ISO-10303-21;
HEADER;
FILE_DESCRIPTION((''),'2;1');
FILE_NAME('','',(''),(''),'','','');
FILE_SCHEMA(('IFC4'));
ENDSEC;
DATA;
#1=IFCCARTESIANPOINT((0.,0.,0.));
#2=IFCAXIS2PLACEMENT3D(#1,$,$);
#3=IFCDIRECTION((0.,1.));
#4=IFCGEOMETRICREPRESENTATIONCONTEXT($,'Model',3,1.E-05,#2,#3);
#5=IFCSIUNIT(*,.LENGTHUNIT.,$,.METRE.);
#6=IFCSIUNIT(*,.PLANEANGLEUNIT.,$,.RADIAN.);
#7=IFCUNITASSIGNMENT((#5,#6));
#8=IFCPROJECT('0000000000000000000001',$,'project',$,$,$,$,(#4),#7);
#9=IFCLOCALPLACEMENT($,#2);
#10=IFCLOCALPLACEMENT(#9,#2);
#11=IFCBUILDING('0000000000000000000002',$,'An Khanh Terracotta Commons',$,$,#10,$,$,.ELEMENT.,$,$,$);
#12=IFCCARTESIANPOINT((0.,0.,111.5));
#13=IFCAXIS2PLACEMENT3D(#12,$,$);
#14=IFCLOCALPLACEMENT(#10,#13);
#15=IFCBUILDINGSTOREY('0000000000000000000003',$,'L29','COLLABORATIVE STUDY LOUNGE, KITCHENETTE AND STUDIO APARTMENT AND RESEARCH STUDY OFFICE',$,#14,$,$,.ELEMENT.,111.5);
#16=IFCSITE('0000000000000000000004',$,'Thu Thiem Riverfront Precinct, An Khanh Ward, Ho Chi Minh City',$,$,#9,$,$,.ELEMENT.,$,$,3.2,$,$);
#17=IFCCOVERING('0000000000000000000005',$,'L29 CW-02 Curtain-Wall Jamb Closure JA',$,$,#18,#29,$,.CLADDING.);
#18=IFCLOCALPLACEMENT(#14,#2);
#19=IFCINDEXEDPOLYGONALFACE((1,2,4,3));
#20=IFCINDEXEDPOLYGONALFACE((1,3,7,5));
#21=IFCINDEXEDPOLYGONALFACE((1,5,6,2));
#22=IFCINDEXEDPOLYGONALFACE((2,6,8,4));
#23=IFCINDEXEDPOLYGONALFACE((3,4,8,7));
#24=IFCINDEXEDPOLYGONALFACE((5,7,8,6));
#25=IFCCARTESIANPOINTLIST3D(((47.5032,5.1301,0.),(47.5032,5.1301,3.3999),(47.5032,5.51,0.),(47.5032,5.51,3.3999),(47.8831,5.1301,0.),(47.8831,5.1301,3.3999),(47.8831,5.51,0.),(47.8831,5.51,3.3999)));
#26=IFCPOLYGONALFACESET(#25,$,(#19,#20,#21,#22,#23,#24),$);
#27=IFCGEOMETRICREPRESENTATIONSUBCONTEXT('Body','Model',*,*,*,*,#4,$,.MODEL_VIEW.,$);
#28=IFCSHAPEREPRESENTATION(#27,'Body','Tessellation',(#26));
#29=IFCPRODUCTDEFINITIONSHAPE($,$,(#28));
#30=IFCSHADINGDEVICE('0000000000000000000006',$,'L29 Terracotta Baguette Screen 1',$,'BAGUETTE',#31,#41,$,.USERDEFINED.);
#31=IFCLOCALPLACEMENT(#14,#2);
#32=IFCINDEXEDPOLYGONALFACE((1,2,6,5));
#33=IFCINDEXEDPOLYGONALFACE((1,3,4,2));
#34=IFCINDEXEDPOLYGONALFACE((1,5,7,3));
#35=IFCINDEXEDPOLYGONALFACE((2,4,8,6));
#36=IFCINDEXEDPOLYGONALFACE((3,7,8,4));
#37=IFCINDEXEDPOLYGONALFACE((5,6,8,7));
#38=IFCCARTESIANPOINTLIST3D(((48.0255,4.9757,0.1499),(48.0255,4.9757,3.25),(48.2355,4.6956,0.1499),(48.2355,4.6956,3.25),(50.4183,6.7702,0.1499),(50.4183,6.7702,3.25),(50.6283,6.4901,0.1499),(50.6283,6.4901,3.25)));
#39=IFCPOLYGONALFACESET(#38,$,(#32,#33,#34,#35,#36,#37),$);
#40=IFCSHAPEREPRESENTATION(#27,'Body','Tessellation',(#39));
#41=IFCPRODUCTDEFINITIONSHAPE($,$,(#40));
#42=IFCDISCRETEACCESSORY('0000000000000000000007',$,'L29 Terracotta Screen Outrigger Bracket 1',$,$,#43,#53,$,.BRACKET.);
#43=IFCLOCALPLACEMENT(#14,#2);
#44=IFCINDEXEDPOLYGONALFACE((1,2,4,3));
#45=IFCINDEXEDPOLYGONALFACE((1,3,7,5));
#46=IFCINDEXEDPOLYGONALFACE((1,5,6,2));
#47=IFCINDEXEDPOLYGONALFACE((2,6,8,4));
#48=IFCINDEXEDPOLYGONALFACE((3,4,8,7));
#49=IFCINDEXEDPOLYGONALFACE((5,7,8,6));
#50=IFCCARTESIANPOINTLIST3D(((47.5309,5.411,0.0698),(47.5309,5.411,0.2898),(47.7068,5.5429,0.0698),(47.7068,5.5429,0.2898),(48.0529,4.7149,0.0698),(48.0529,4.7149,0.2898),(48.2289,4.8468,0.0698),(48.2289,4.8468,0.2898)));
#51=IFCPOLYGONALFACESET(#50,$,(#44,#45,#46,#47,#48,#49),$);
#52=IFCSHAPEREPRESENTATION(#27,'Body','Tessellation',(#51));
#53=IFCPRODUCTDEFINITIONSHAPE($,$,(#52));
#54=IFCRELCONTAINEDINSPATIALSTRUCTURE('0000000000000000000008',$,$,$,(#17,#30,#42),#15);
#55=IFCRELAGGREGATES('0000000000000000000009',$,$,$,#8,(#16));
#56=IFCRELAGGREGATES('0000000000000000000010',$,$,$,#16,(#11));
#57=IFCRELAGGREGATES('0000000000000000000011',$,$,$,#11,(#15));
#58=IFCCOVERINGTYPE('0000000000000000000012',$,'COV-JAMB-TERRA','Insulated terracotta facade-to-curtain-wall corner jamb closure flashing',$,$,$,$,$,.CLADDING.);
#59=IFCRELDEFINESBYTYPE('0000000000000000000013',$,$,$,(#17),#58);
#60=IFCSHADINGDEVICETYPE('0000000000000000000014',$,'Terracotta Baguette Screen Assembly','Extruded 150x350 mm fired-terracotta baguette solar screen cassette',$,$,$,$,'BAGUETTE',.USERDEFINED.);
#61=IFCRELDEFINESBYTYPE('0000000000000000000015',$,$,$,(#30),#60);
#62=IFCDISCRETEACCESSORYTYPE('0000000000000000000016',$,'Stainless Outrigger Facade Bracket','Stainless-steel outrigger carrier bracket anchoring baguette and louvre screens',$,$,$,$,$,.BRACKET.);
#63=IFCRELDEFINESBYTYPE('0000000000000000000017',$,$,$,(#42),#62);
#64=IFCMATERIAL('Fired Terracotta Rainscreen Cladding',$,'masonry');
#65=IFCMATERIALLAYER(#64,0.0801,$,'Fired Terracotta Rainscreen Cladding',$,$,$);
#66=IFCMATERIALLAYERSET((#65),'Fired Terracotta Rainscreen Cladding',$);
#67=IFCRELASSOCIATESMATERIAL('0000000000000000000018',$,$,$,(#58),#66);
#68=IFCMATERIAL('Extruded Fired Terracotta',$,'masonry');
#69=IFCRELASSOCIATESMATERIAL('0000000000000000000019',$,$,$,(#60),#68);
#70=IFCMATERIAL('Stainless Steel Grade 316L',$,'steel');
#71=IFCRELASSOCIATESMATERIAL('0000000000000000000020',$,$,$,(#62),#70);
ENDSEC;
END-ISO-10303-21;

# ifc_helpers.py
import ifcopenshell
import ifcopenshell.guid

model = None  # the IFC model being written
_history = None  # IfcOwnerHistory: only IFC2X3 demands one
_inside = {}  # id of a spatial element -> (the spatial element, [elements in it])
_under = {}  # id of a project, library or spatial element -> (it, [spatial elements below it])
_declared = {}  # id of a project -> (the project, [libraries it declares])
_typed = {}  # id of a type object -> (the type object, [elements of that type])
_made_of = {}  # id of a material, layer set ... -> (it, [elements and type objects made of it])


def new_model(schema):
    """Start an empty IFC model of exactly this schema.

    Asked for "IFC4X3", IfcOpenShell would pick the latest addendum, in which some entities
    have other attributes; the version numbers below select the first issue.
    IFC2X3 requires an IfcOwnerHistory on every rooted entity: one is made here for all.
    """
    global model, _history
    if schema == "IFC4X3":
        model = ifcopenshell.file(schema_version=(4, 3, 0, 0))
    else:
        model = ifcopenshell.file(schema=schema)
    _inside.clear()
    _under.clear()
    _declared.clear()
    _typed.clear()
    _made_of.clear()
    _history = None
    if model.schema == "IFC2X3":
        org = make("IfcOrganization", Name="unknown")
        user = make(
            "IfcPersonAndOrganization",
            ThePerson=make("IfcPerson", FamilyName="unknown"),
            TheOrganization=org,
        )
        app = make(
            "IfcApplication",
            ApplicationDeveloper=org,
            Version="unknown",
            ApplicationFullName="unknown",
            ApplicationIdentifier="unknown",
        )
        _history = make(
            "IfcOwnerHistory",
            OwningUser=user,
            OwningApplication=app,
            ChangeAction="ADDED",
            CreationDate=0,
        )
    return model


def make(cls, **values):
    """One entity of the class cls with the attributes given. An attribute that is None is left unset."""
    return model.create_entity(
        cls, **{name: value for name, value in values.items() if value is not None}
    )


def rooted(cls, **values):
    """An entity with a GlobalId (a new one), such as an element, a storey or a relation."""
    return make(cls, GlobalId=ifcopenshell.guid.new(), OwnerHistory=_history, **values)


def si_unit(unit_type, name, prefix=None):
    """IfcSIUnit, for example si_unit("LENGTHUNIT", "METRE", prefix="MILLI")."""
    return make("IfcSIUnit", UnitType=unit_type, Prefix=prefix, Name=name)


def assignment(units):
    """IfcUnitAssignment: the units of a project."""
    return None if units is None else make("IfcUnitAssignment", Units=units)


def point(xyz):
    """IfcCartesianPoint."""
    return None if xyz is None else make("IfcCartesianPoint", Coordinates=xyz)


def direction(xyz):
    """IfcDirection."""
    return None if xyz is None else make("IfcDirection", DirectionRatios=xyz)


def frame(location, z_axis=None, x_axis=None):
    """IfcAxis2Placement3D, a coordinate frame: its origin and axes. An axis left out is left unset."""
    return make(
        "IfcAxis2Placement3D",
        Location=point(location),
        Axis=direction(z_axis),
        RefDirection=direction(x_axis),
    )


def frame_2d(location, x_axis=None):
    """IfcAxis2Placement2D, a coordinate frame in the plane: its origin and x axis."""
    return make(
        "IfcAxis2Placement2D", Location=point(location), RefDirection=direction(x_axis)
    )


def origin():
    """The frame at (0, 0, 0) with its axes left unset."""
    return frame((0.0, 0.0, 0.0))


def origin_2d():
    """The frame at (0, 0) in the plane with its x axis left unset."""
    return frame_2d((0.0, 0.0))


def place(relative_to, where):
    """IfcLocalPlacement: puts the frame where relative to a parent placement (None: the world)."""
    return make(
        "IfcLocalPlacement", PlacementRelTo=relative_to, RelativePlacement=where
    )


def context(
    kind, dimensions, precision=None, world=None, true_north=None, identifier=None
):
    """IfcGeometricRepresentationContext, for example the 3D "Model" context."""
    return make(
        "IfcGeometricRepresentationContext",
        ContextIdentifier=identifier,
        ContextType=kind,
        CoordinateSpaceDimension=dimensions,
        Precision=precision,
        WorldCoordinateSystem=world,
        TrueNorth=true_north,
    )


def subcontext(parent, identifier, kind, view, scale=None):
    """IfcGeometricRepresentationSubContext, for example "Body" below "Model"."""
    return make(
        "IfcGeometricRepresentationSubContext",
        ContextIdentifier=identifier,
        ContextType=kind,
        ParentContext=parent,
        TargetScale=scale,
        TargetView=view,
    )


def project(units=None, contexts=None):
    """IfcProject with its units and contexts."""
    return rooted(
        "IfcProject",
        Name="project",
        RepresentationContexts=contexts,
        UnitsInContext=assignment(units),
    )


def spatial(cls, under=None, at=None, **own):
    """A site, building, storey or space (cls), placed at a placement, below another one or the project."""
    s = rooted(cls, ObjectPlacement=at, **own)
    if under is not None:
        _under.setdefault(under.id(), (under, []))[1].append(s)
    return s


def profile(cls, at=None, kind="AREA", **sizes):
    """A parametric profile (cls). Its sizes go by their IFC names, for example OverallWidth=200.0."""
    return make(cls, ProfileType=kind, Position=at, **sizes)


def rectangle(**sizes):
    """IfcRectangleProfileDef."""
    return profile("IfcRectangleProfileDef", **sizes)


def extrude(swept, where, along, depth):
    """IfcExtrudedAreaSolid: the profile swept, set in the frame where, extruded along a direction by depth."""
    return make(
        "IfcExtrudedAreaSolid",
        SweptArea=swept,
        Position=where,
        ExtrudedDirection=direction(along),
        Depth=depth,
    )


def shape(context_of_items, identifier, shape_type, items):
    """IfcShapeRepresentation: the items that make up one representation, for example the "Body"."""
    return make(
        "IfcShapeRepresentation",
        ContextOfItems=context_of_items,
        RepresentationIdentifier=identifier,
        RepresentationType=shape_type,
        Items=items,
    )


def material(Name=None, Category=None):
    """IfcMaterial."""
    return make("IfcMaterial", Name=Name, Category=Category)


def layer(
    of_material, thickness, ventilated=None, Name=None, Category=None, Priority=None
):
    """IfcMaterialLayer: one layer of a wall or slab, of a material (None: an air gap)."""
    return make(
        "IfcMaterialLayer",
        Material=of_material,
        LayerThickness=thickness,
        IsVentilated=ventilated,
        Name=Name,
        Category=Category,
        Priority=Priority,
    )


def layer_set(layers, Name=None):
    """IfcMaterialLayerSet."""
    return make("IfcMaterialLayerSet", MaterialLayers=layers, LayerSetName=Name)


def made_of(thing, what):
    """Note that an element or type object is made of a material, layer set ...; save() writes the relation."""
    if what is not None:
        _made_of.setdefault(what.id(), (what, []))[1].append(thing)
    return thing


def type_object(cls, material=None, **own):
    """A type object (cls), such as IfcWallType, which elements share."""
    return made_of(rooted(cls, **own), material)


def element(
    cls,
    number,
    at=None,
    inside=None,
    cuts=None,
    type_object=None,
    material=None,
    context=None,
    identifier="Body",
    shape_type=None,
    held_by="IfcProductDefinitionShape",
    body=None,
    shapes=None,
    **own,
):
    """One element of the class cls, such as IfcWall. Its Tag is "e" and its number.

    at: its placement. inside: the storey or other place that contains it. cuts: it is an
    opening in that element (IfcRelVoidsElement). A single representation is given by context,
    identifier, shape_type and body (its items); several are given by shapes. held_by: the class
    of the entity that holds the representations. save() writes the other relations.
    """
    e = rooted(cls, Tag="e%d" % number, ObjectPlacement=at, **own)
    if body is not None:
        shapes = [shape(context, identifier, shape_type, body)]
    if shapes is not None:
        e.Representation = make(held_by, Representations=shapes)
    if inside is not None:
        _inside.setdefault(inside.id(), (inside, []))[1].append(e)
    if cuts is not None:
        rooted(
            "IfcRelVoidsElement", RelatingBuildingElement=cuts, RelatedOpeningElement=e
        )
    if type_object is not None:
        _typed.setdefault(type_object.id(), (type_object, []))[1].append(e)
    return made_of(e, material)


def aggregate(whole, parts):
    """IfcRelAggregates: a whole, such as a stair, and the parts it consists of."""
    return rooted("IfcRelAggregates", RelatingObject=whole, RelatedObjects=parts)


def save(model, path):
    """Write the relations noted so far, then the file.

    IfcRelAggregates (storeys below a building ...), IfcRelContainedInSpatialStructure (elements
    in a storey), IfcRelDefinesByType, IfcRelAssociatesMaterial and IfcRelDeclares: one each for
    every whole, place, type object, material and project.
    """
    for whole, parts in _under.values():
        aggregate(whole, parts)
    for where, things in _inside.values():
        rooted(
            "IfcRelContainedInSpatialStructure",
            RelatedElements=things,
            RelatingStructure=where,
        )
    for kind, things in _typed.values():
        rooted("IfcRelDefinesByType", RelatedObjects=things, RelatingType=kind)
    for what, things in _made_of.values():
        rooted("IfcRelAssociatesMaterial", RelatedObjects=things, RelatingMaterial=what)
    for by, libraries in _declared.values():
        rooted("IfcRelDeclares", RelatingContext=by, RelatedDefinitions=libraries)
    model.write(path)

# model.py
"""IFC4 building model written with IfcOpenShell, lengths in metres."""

from ifc_helpers import new_model, si_unit, direction, frame, origin, origin_2d, place, context, subcontext, project, spatial, rectangle, extrude, material, layer, layer_set, type_object, element, save


model = new_model("IFC4")

# Units and contexts
model_context = context("Model", 3, precision=1e-05, world=origin(), true_north=direction((0.0, 1.0)))
body_context = subcontext(model_context, "Body", "Model", "MODEL_VIEW")
ifc_project = project(units=[si_unit("LENGTHUNIT", "METRE"), si_unit("PLANEANGLEUNIT", "RADIAN")], contexts=[model_context])

# Site, building, storey
site_placement = place(None, origin())
site = spatial("IfcSite", under=ifc_project, at=site_placement, Name="Thu Thiem Riverfront Precinct, An Khanh Ward, Ho Chi Minh City", CompositionType="ELEMENT", RefElevation=3.2)
building_placement = place(site_placement, origin())
building = spatial("IfcBuilding", under=site, at=building_placement, Name="An Khanh Terracotta Commons", CompositionType="ELEMENT")
storey_placement = place(building_placement, frame((0.0, 0.0, 111.5)))
storey = spatial("IfcBuildingStorey", under=building, at=storey_placement, Name="L29", Description="COLLABORATIVE STUDY LOUNGE, KITCHENETTE AND STUDIO APARTMENT AND RESEARCH STUDY OFFICE", CompositionType="ELEMENT", Elevation=111.5)

# Covering
ifc_material_1 = material(Name="Fired Terracotta Rainscreen Cladding", Category="masonry")
ifc_layer_1 = layer(ifc_material_1, 0.0801, Name="Fired Terracotta Rainscreen Cladding")
ifc_layer_set_1 = layer_set([ifc_layer_1], Name="Fired Terracotta Rainscreen Cladding")
covering_type = type_object("IfcCoveringType", Name="COV-JAMB-TERRA", Description="Insulated terracotta facade-to-curtain-wall corner jamb closure flashing", PredefinedType="CLADDING", material=ifc_layer_set_1)
covering_placement = place(storey_placement, frame((47.6931, 5.3201, 0.0), z_axis=(0.0, 0.0, 1.0), x_axis=(1.0, 0.0, 0.0)))
element("IfcCovering", 1, at=covering_placement, inside=storey, type_object=covering_type, Name="L29 CW-02 Curtain-Wall Jamb Closure JA", PredefinedType="CLADDING", context=body_context, shape_type="SweptSolid", body=[
    extrude(rectangle(XDim=0.3799, YDim=0.3799, at=origin_2d()), origin(), (0.0, 0.0, 1.0), 3.3999),
])

# Shading device
ifc_material_2 = material(Name="Extruded Fired Terracotta", Category="masonry")
shading_device_type = type_object("IfcShadingDeviceType", Name="Terracotta Baguette Screen Assembly", Description="Extruded 150x350 mm fired-terracotta baguette solar screen cassette", ElementType="BAGUETTE", PredefinedType="USERDEFINED", material=ifc_material_2)
shading_device_placement = place(storey_placement, frame((49.3269, 5.7329, 0.1499), z_axis=(0.0, 0.0, 1.0), x_axis=(0.800013, 0.599983, 0.0)))
element("IfcShadingDevice", 2, at=shading_device_placement, inside=storey, type_object=shading_device_type, Name="L29 Terracotta Baguette Screen 1", ObjectType="BAGUETTE", PredefinedType="USERDEFINED", context=body_context, shape_type="SweptSolid", body=[
    extrude(rectangle(XDim=2.991, YDim=0.3501, at=origin_2d()), origin(), (0.0, 0.0, 1.0), 3.1001),
])

# Discrete accessory
ifc_material_3 = material(Name="Stainless Steel Grade 316L", Category="steel")
discrete_accessory_type = type_object("IfcDiscreteAccessoryType", Name="Stainless Outrigger Facade Bracket", Description="Stainless-steel outrigger carrier bracket anchoring baguette and louvre screens", PredefinedType="BRACKET", material=ifc_material_3)
discrete_accessory_placement = place(storey_placement, frame((47.8799, 5.1289, 0.0698), z_axis=(0.0, 0.0, 1.0), x_axis=(0.800013, 0.599983, 0.0)))
element("IfcDiscreteAccessory", 3, at=discrete_accessory_placement, inside=storey, type_object=discrete_accessory_type, Name="L29 Terracotta Screen Outrigger Bracket 1", PredefinedType="BRACKET", context=body_context, shape_type="SweptSolid", body=[
    extrude(rectangle(XDim=0.22, YDim=0.8701, at=origin_2d()), origin(), (0.0, 0.0, 1.0), 0.22),
])

save(model, "model.ifc")
